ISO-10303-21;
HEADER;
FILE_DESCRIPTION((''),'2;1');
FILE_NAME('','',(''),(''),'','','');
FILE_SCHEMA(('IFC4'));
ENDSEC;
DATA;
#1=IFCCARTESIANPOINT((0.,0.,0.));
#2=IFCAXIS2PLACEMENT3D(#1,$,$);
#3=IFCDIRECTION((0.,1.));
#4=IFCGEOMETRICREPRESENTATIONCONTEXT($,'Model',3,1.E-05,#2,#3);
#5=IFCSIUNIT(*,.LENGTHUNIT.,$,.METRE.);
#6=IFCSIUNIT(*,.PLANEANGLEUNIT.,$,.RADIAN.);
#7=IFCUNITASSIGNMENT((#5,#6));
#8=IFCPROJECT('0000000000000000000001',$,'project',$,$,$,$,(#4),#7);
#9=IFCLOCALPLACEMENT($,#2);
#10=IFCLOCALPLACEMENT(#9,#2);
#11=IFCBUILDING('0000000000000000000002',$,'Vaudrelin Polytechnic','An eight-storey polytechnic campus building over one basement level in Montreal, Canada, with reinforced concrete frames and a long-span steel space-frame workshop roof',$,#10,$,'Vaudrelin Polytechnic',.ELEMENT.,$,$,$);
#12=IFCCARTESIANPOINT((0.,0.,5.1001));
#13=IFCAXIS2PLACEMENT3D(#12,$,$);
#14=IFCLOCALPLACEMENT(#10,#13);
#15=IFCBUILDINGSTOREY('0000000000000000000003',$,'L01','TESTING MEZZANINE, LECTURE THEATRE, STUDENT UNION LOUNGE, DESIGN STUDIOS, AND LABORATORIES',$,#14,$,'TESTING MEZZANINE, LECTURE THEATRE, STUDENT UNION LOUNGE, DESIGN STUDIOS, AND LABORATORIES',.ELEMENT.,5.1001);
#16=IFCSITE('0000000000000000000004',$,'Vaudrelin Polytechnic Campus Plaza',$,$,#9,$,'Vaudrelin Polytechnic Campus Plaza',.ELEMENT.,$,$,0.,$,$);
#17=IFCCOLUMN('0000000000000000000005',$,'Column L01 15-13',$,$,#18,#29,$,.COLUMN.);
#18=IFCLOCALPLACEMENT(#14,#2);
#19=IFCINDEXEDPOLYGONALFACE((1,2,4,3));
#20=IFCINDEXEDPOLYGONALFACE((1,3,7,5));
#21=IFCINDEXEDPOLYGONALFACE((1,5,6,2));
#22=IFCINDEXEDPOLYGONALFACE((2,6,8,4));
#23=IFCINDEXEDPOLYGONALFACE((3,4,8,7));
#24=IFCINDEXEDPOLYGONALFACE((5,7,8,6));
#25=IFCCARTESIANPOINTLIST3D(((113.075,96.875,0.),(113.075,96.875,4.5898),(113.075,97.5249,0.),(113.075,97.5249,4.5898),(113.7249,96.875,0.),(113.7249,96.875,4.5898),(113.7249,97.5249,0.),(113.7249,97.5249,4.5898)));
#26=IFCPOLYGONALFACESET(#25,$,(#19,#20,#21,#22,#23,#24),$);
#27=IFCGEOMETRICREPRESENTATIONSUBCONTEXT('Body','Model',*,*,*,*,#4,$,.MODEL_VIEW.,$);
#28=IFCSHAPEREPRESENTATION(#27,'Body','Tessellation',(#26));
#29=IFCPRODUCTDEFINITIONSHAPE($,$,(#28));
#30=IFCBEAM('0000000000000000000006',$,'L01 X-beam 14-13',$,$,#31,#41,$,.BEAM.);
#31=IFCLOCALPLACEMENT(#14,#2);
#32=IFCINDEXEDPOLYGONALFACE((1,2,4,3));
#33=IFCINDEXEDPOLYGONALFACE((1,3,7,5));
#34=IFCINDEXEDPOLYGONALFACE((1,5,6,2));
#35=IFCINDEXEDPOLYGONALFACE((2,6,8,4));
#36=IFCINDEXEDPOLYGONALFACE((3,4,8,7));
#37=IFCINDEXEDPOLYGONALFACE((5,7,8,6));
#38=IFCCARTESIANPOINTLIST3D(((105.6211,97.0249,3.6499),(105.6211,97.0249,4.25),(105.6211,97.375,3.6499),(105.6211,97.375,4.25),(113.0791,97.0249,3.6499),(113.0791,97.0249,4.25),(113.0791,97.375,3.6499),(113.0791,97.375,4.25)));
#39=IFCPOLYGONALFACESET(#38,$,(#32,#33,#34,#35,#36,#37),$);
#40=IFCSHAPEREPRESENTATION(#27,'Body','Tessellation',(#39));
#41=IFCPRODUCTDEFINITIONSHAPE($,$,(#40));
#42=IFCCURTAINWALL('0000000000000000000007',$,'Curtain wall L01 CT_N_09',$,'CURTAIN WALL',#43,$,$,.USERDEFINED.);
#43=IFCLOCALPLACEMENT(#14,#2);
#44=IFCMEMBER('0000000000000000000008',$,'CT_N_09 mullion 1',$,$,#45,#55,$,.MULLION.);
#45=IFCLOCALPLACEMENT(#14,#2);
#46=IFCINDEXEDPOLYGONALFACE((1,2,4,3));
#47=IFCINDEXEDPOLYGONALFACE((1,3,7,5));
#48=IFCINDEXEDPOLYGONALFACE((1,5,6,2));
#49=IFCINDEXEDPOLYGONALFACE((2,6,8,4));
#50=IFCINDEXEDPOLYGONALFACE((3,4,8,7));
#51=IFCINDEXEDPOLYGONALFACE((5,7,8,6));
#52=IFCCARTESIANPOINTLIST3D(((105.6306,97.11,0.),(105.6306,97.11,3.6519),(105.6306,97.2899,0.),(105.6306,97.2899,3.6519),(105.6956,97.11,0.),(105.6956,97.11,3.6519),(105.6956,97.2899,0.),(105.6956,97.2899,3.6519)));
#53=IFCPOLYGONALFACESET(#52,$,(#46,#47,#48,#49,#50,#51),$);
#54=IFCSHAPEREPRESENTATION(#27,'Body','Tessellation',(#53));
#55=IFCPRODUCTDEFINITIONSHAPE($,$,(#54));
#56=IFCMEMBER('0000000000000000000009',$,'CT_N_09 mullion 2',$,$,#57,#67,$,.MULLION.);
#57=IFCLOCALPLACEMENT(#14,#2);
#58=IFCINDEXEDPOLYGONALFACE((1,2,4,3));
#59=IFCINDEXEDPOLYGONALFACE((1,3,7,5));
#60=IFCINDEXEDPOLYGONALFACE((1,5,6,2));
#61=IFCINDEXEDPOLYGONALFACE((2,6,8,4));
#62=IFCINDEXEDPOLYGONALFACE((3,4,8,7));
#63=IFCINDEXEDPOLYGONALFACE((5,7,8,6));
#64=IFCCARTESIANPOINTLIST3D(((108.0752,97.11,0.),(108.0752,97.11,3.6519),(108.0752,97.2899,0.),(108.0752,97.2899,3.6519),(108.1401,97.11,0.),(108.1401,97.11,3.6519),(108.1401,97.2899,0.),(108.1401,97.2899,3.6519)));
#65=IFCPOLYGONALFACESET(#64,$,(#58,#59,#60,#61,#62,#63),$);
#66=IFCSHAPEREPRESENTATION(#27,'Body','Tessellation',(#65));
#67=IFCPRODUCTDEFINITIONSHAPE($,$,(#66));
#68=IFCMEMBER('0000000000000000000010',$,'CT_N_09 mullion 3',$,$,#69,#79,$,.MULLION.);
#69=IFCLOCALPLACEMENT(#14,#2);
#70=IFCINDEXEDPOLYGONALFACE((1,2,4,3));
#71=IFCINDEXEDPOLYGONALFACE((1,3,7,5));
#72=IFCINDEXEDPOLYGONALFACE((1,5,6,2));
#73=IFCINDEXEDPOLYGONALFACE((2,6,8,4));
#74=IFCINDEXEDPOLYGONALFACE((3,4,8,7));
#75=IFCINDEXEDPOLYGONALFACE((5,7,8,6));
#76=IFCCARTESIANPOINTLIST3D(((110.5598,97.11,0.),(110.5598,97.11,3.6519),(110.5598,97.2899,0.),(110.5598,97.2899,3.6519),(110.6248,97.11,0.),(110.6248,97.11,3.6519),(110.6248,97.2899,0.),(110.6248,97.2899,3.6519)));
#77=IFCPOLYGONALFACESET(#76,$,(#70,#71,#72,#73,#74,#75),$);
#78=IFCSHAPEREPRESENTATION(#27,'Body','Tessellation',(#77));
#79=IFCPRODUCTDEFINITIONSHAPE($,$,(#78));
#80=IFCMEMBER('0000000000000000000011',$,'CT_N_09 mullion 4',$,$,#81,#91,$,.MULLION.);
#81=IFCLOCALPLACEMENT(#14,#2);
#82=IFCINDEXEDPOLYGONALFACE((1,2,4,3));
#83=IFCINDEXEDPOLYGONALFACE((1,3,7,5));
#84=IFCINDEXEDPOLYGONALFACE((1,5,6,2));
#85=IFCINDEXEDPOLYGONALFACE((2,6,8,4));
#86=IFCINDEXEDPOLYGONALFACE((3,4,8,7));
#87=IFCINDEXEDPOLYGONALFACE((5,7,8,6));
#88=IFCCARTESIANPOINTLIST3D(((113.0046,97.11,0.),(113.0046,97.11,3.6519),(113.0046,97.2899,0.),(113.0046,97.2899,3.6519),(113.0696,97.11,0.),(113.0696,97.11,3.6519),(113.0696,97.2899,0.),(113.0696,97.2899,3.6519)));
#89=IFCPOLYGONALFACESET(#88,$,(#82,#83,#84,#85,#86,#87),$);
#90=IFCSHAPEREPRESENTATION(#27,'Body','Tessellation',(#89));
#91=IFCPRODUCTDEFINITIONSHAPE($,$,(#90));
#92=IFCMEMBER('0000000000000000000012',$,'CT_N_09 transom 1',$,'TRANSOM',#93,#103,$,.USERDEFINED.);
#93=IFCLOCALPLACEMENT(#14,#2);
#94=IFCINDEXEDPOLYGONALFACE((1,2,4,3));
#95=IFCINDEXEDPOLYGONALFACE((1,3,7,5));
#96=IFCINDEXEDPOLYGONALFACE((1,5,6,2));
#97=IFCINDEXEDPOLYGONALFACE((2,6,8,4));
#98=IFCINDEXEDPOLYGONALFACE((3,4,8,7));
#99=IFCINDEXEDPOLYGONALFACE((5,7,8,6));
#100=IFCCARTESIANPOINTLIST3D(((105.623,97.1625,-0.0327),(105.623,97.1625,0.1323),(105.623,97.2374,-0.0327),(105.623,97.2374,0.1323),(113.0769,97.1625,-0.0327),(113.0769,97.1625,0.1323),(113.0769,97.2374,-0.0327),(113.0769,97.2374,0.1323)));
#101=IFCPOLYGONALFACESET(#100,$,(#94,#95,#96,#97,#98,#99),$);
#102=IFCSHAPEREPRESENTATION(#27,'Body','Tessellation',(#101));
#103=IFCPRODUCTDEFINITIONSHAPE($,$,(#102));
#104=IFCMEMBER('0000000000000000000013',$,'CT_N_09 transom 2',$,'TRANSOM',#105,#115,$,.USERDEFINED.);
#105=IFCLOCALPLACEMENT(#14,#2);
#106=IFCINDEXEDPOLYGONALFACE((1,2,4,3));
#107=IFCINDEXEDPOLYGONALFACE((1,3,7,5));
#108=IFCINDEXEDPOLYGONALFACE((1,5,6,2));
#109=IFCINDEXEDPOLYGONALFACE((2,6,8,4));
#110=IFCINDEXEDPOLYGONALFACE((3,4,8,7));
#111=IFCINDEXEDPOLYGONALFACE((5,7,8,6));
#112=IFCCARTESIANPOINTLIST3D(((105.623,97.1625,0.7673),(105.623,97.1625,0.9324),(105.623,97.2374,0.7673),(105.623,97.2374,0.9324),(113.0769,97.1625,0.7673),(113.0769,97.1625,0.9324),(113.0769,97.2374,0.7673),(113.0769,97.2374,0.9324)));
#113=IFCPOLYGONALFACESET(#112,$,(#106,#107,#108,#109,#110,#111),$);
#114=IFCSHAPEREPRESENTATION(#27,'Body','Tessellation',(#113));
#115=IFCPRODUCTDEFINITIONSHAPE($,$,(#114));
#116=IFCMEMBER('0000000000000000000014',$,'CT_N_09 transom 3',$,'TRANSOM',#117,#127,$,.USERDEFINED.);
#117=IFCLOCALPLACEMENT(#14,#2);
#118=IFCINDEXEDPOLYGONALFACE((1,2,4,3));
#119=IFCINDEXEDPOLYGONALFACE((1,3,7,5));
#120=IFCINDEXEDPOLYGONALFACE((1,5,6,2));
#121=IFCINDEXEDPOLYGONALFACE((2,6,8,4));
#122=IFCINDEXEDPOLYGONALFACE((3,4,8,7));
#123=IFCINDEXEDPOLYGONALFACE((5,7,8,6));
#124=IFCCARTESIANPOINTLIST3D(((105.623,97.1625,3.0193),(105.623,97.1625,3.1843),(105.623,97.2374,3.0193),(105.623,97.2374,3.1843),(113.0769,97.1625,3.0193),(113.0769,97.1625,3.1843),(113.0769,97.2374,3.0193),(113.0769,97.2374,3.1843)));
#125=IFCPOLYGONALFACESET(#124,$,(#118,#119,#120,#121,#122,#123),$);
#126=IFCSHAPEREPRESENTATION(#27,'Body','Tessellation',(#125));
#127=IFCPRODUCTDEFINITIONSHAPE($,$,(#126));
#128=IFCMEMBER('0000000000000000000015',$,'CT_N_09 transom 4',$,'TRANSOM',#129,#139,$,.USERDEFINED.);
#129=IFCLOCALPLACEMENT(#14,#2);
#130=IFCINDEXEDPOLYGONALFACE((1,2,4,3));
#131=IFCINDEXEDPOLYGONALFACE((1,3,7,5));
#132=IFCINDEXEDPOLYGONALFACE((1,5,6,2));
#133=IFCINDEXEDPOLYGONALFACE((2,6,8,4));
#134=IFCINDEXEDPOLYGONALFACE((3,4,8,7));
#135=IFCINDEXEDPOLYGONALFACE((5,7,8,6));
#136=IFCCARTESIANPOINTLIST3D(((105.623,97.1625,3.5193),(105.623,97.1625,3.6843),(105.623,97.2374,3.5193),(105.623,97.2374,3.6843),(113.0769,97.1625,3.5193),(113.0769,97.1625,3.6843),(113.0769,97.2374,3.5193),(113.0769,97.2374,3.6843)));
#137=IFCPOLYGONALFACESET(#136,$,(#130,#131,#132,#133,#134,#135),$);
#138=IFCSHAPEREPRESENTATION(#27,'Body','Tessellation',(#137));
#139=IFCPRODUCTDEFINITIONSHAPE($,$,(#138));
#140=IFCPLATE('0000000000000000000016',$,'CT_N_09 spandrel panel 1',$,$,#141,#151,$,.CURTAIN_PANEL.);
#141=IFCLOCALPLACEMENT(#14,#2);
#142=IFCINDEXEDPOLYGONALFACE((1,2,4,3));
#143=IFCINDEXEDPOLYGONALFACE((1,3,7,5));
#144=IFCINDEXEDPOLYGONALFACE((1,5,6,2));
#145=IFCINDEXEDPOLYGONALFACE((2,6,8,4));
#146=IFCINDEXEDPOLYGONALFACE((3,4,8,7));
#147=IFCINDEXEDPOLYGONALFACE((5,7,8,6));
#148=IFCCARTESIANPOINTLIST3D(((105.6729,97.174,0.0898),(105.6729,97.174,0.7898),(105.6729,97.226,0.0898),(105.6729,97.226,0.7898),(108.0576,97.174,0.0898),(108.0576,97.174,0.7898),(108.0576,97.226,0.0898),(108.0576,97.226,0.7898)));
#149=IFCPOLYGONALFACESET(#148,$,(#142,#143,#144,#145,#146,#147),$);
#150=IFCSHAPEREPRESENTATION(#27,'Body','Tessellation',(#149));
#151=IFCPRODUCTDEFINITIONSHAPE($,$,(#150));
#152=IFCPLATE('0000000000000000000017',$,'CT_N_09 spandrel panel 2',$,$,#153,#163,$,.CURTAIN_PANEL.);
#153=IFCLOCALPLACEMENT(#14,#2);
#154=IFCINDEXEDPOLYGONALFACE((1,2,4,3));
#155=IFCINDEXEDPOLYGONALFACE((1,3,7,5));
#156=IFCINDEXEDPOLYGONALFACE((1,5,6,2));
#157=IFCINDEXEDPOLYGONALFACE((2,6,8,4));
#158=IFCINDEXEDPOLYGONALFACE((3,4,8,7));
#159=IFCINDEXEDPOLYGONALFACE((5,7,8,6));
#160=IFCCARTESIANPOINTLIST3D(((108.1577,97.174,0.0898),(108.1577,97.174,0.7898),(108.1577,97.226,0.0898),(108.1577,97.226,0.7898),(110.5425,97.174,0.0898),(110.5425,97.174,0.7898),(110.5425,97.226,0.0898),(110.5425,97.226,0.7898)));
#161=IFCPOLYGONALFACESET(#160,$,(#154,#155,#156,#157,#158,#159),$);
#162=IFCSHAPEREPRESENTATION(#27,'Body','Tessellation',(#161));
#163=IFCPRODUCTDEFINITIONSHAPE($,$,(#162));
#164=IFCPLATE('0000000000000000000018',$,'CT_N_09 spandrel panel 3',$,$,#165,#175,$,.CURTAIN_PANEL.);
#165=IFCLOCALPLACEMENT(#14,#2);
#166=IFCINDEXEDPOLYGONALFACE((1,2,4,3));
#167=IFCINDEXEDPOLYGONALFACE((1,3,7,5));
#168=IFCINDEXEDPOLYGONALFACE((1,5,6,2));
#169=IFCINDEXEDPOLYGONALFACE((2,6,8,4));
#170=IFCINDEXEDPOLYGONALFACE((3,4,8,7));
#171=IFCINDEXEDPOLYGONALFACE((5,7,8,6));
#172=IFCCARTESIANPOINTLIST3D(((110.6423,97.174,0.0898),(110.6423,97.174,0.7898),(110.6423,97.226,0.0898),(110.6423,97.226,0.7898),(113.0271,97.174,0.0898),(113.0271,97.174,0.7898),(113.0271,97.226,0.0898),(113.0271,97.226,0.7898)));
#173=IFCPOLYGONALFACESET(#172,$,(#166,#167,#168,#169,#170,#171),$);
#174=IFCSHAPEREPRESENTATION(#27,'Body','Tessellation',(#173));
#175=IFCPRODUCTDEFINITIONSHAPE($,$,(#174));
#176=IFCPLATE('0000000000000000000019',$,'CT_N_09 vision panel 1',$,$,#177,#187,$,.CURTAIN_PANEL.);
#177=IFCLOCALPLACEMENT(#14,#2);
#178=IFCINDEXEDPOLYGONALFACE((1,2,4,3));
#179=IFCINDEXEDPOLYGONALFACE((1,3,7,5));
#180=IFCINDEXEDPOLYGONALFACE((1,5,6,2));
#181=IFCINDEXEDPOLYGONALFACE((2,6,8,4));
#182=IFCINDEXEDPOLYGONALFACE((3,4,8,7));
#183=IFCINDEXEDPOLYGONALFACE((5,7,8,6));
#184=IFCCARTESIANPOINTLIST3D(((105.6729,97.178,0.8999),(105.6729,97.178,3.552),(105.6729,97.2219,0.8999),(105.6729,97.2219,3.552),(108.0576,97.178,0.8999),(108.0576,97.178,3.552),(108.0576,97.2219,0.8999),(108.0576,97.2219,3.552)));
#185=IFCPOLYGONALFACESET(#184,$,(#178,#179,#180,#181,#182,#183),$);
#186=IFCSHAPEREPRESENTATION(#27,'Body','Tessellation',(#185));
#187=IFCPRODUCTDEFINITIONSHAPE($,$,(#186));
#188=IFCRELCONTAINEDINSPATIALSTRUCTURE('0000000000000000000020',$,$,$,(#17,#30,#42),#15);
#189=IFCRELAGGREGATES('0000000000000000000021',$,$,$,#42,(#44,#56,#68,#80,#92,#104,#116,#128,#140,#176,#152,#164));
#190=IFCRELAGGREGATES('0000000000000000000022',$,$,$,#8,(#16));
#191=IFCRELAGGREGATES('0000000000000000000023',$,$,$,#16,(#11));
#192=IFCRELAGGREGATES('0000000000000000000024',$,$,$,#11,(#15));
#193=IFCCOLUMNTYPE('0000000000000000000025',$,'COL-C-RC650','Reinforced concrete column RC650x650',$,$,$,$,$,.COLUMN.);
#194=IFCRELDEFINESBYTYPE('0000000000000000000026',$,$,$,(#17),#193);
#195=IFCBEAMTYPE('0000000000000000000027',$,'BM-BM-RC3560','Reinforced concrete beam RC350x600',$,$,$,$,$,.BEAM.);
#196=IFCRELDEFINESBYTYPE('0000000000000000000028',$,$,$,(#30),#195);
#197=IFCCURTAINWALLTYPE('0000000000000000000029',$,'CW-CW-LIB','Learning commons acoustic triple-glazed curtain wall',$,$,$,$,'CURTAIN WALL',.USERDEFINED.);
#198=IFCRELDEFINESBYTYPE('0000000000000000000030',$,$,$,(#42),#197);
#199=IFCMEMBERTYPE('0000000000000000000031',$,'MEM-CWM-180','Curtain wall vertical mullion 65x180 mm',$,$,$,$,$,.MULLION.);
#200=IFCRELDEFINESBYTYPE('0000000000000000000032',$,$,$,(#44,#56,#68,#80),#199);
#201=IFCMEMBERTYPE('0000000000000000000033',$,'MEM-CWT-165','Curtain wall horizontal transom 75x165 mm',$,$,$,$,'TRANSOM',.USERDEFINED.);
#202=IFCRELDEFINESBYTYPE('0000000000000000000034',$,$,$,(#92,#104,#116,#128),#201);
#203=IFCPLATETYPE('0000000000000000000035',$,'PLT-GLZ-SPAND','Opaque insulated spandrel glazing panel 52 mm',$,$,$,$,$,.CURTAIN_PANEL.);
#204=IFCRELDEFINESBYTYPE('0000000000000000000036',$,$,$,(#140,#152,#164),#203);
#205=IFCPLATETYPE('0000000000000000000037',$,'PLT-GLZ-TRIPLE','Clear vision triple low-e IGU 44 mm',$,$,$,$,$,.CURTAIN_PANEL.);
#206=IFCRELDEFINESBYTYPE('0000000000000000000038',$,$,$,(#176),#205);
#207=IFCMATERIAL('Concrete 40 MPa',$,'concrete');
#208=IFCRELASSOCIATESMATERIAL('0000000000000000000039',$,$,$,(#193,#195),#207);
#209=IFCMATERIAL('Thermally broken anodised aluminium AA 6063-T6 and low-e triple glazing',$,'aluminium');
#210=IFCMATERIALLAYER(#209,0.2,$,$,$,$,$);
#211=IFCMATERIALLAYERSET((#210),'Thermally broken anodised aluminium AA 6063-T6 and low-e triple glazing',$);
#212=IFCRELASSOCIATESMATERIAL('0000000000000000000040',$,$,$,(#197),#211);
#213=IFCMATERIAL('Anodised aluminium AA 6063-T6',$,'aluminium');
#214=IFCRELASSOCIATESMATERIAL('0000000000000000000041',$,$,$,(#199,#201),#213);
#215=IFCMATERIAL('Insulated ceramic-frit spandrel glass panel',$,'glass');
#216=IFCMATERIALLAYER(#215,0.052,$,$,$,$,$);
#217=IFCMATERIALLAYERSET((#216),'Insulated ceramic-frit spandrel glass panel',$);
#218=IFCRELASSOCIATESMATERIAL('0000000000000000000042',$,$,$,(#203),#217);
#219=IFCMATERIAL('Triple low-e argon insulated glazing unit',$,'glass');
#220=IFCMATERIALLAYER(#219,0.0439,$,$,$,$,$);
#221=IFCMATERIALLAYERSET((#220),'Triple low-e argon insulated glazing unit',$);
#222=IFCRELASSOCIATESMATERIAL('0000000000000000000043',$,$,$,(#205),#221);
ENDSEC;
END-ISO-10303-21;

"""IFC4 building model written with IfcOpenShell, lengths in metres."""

from ifc_helpers import new_model, si_unit, direction, frame, origin, origin_2d, place, context, subcontext, project, spatial, rectangle, extrude, material, layer, layer_set, material_profile, profile_set, type_object, element, aggregate, save


model = new_model("IFC4")

# Units and contexts
model_context = context("Model", 3, precision=1e-05, world=origin(), true_north=direction((0.0, 1.0)))
body_context = subcontext(model_context, "Body", "Model", "MODEL_VIEW")
ifc_project = project(units=[si_unit("LENGTHUNIT", "METRE"), si_unit("PLANEANGLEUNIT", "RADIAN")], contexts=[model_context])

# Site, building, storey
site_placement = place(None, origin())
site = spatial("IfcSite", under=ifc_project, at=site_placement, Name="Vaudrelin Polytechnic Campus Plaza", LongName="Vaudrelin Polytechnic Campus Plaza", CompositionType="ELEMENT", RefElevation=0.0)
building_placement = place(site_placement, origin())
building = spatial("IfcBuilding", under=site, at=building_placement, Name="Vaudrelin Polytechnic", Description="An eight-storey polytechnic campus building over one basement level in Montreal, Canada, with reinforced concrete frames and a long-span steel space-frame workshop roof", LongName="Vaudrelin Polytechnic", CompositionType="ELEMENT")
storey_placement = place(building_placement, frame((0.0, 0.0, 5.1001)))
storey = spatial("IfcBuildingStorey", under=building, at=storey_placement, Name="L01", Description="TESTING MEZZANINE, LECTURE THEATRE, STUDENT UNION LOUNGE, DESIGN STUDIOS, AND LABORATORIES", LongName="TESTING MEZZANINE, LECTURE THEATRE, STUDENT UNION LOUNGE, DESIGN STUDIOS, AND LABORATORIES", CompositionType="ELEMENT", Elevation=5.1001)

# Column
ifc_material_1 = material(Name="Concrete 40 MPa", Category="concrete")
ifc_material_profile_1 = material_profile(ifc_material_1, rectangle(XDim=0.6499, YDim=0.6499, at=origin_2d()), Name="RC650x650")
ifc_profile_set_1 = profile_set([ifc_material_profile_1], Name="Concrete 40 MPa")
column_type = type_object("IfcColumnType", Name="COL-C-RC650", Description="Reinforced concrete column RC650x650", PredefinedType="COLUMN", material=ifc_profile_set_1)
column_placement = place(storey_placement, frame((113.3999, 97.2, 0.0), z_axis=(0.0, 0.0, 1.0), x_axis=(1.0, 0.0, 0.0)))
element("IfcColumn", 1, at=column_placement, inside=storey, type_object=column_type, Name="Column L01 15-13", PredefinedType="COLUMN", context=body_context, shape_type="SweptSolid", body=[
    extrude(rectangle(XDim=0.6499, YDim=0.6499, at=origin_2d()), origin(), (0.0, 0.0, 1.0), 4.5898),
])

# Beam
ifc_material_profile_2 = material_profile(ifc_material_1, rectangle(XDim=0.3501, YDim=0.6001, at=origin_2d()), Name="RC350x600")
ifc_profile_set_2 = profile_set([ifc_material_profile_2], Name="Concrete 40 MPa")
beam_type = type_object("IfcBeamType", Name="BM-BM-RC3560", Description="Reinforced concrete beam RC350x600", PredefinedType="BEAM", material=ifc_profile_set_2)
beam_placement = place(storey_placement, frame((105.6211, 97.2, 3.95), z_axis=(1.0, 0.0, 0.0), x_axis=(0.0, 1.0, 0.0)))
element("IfcBeam", 2, at=beam_placement, inside=storey, type_object=beam_type, Name="L01 X-beam 14-13", PredefinedType="BEAM", context=body_context, shape_type="SweptSolid", body=[
    extrude(rectangle(XDim=0.3501, YDim=0.6001, at=origin_2d()), origin(), (0.0, 0.0, 1.0), 7.458),
])

# Curtain wall, members, plates
ifc_material_2 = material(Name="Thermally broken anodised aluminium AA 6063-T6 and low-e triple glazing", Category="aluminium")
ifc_layer_1 = layer(ifc_material_2, 0.2)
ifc_layer_set_1 = layer_set([ifc_layer_1], Name="Thermally broken anodised aluminium AA 6063-T6 and low-e triple glazing")
curtain_wall_type = type_object("IfcCurtainWallType", Name="CW-CW-LIB", Description="Learning commons acoustic triple-glazed curtain wall", ElementType="CURTAIN WALL", PredefinedType="USERDEFINED", material=ifc_layer_set_1)
curtain_wall_placement = place(storey_placement, origin())
curtain_wall = element("IfcCurtainWall", 3, at=curtain_wall_placement, inside=storey, type_object=curtain_wall_type, Name="Curtain wall L01 CT_N_09", ObjectType="CURTAIN WALL", PredefinedType="USERDEFINED")
ifc_material_3 = material(Name="Anodised aluminium AA 6063-T6", Category="aluminium")
ifc_material_profile_3 = material_profile(ifc_material_3, rectangle(XDim=0.0649, YDim=0.1799, at=origin_2d()), Name="CWM-65x180")
ifc_profile_set_3 = profile_set([ifc_material_profile_3], Name="Anodised aluminium AA 6063-T6")
member_type_1 = type_object("IfcMemberType", Name="MEM-CWM-180", Description="Curtain wall vertical mullion 65x180 mm", PredefinedType="MULLION", material=ifc_profile_set_3)
member_1_placement = place(storey_placement, frame((105.6631, 97.2, 0.0), z_axis=(0.0, 0.0, 1.0), x_axis=(1.0, 0.0, 0.0)))
member_1 = element("IfcMember", 4, at=member_1_placement, type_object=member_type_1, Name="CT_N_09 mullion 1", PredefinedType="MULLION", context=body_context, shape_type="SweptSolid", body=[
    extrude(rectangle(XDim=0.0649, YDim=0.1799, at=origin_2d()), origin(), (0.0, 0.0, 1.0), 3.6519),
])
member_2_placement = place(storey_placement, frame((108.1077, 97.2, 0.0), z_axis=(0.0, 0.0, 1.0), x_axis=(1.0, 0.0, 0.0)))
member_2 = element("IfcMember", 5, at=member_2_placement, type_object=member_type_1, Name="CT_N_09 mullion 2", PredefinedType="MULLION", context=body_context, shape_type="SweptSolid", body=[
    extrude(rectangle(XDim=0.0649, YDim=0.1799, at=origin_2d()), origin(), (0.0, 0.0, 1.0), 3.6519),
])
member_3_placement = place(storey_placement, frame((110.5923, 97.2, 0.0), z_axis=(0.0, 0.0, 1.0), x_axis=(1.0, 0.0, 0.0)))
member_3 = element("IfcMember", 6, at=member_3_placement, type_object=member_type_1, Name="CT_N_09 mullion 3", PredefinedType="MULLION", context=body_context, shape_type="SweptSolid", body=[
    extrude(rectangle(XDim=0.0649, YDim=0.1799, at=origin_2d()), origin(), (0.0, 0.0, 1.0), 3.6519),
])
member_4_placement = place(storey_placement, frame((113.0371, 97.2, 0.0), z_axis=(0.0, 0.0, 1.0), x_axis=(1.0, 0.0, 0.0)))
member_4 = element("IfcMember", 7, at=member_4_placement, type_object=member_type_1, Name="CT_N_09 mullion 4", PredefinedType="MULLION", context=body_context, shape_type="SweptSolid", body=[
    extrude(rectangle(XDim=0.0649, YDim=0.1799, at=origin_2d()), origin(), (0.0, 0.0, 1.0), 3.6519),
])
ifc_material_profile_4 = material_profile(ifc_material_3, rectangle(XDim=0.075, YDim=0.165, at=origin_2d()), Name="CWT-75x165")
ifc_profile_set_4 = profile_set([ifc_material_profile_4], Name="Anodised aluminium AA 6063-T6")
member_type_2 = type_object("IfcMemberType", Name="MEM-CWT-165", Description="Curtain wall horizontal transom 75x165 mm", ElementType="TRANSOM", PredefinedType="USERDEFINED", material=ifc_profile_set_4)
member_5_placement = place(storey_placement, frame((105.623, 97.2, 0.0498), z_axis=(1.0, 0.0, 0.0), x_axis=(0.0, 1.0, 0.0)))
member_5 = element("IfcMember", 8, at=member_5_placement, type_object=member_type_2, Name="CT_N_09 transom 1", ObjectType="TRANSOM", PredefinedType="USERDEFINED", context=body_context, shape_type="SweptSolid", body=[
    extrude(rectangle(XDim=0.075, YDim=0.165, at=origin_2d()), origin(), (0.0, 0.0, 1.0), 7.4539),
])
member_6_placement = place(storey_placement, frame((105.623, 97.2, 0.8499), z_axis=(1.0, 0.0, 0.0), x_axis=(0.0, 1.0, 0.0)))
member_6 = element("IfcMember", 9, at=member_6_placement, type_object=member_type_2, Name="CT_N_09 transom 2", ObjectType="TRANSOM", PredefinedType="USERDEFINED", context=body_context, shape_type="SweptSolid", body=[
    extrude(rectangle(XDim=0.075, YDim=0.165, at=origin_2d()), origin(), (0.0, 0.0, 1.0), 7.4539),
])
member_7_placement = place(storey_placement, frame((105.623, 97.2, 3.1018), z_axis=(1.0, 0.0, 0.0), x_axis=(0.0, 1.0, 0.0)))
member_7 = element("IfcMember", 10, at=member_7_placement, type_object=member_type_2, Name="CT_N_09 transom 3", ObjectType="TRANSOM", PredefinedType="USERDEFINED", context=body_context, shape_type="SweptSolid", body=[
    extrude(rectangle(XDim=0.075, YDim=0.165, at=origin_2d()), origin(), (0.0, 0.0, 1.0), 7.4539),
])
member_8_placement = place(storey_placement, frame((105.623, 97.2, 3.6018), z_axis=(1.0, 0.0, 0.0), x_axis=(0.0, 1.0, 0.0)))
member_8 = element("IfcMember", 11, at=member_8_placement, type_object=member_type_2, Name="CT_N_09 transom 4", ObjectType="TRANSOM", PredefinedType="USERDEFINED", context=body_context, shape_type="SweptSolid", body=[
    extrude(rectangle(XDim=0.075, YDim=0.165, at=origin_2d()), origin(), (0.0, 0.0, 1.0), 7.4539),
])
ifc_material_4 = material(Name="Insulated ceramic-frit spandrel glass panel", Category="glass")
ifc_layer_2 = layer(ifc_material_4, 0.052)
ifc_layer_set_2 = layer_set([ifc_layer_2], Name="Insulated ceramic-frit spandrel glass panel")
plate_type_1 = type_object("IfcPlateType", Name="PLT-GLZ-SPAND", Description="Opaque insulated spandrel glazing panel 52 mm", PredefinedType="CURTAIN_PANEL", material=ifc_layer_set_2)
plate_1_placement = place(storey_placement, frame((106.8652, 97.2, 0.0898), z_axis=(0.0, 0.0, 1.0), x_axis=(1.0, 0.0, 0.0)))
plate_1 = element("IfcPlate", 12, at=plate_1_placement, type_object=plate_type_1, Name="CT_N_09 spandrel panel 1", PredefinedType="CURTAIN_PANEL", context=body_context, shape_type="SweptSolid", body=[
    extrude(rectangle(XDim=2.3848, YDim=0.052, at=origin_2d()), origin(), (0.0, 0.0, 1.0), 0.7),
])
plate_2_placement = place(storey_placement, frame((109.3501, 97.2, 0.0898), z_axis=(0.0, 0.0, 1.0), x_axis=(1.0, 0.0, 0.0)))
plate_2 = element("IfcPlate", 13, at=plate_2_placement, type_object=plate_type_1, Name="CT_N_09 spandrel panel 2", PredefinedType="CURTAIN_PANEL", context=body_context, shape_type="SweptSolid", body=[
    extrude(rectangle(XDim=2.3848, YDim=0.052, at=origin_2d()), origin(), (0.0, 0.0, 1.0), 0.7),
])
plate_3_placement = place(storey_placement, frame((111.8347, 97.2, 0.0898), z_axis=(0.0, 0.0, 1.0), x_axis=(1.0, 0.0, 0.0)))
plate_3 = element("IfcPlate", 14, at=plate_3_placement, type_object=plate_type_1, Name="CT_N_09 spandrel panel 3", PredefinedType="CURTAIN_PANEL", context=body_context, shape_type="SweptSolid", body=[
    extrude(rectangle(XDim=2.3848, YDim=0.052, at=origin_2d()), origin(), (0.0, 0.0, 1.0), 0.7),
])
ifc_material_5 = material(Name="Triple low-e argon insulated glazing unit", Category="glass")
ifc_layer_3 = layer(ifc_material_5, 0.0439)
ifc_layer_set_3 = layer_set([ifc_layer_3], Name="Triple low-e argon insulated glazing unit")
plate_type_2 = type_object("IfcPlateType", Name="PLT-GLZ-TRIPLE", Description="Clear vision triple low-e IGU 44 mm", PredefinedType="CURTAIN_PANEL", material=ifc_layer_set_3)
plate_4_placement = place(storey_placement, frame((106.8652, 97.2, 0.8999), z_axis=(0.0, 0.0, 1.0), x_axis=(1.0, 0.0, 0.0)))
plate_4 = element("IfcPlate", 15, at=plate_4_placement, type_object=plate_type_2, Name="CT_N_09 vision panel 1", PredefinedType="CURTAIN_PANEL", context=body_context, shape_type="SweptSolid", body=[
    extrude(rectangle(XDim=2.3848, YDim=0.0439, at=origin_2d()), origin(), (0.0, 0.0, 1.0), 2.6521),
])
aggregate(curtain_wall, [member_1, member_2, member_3, member_4, member_5, member_6, member_7, member_8, plate_1, plate_4, plate_2, plate_3])

save(model, "model.ifc")
